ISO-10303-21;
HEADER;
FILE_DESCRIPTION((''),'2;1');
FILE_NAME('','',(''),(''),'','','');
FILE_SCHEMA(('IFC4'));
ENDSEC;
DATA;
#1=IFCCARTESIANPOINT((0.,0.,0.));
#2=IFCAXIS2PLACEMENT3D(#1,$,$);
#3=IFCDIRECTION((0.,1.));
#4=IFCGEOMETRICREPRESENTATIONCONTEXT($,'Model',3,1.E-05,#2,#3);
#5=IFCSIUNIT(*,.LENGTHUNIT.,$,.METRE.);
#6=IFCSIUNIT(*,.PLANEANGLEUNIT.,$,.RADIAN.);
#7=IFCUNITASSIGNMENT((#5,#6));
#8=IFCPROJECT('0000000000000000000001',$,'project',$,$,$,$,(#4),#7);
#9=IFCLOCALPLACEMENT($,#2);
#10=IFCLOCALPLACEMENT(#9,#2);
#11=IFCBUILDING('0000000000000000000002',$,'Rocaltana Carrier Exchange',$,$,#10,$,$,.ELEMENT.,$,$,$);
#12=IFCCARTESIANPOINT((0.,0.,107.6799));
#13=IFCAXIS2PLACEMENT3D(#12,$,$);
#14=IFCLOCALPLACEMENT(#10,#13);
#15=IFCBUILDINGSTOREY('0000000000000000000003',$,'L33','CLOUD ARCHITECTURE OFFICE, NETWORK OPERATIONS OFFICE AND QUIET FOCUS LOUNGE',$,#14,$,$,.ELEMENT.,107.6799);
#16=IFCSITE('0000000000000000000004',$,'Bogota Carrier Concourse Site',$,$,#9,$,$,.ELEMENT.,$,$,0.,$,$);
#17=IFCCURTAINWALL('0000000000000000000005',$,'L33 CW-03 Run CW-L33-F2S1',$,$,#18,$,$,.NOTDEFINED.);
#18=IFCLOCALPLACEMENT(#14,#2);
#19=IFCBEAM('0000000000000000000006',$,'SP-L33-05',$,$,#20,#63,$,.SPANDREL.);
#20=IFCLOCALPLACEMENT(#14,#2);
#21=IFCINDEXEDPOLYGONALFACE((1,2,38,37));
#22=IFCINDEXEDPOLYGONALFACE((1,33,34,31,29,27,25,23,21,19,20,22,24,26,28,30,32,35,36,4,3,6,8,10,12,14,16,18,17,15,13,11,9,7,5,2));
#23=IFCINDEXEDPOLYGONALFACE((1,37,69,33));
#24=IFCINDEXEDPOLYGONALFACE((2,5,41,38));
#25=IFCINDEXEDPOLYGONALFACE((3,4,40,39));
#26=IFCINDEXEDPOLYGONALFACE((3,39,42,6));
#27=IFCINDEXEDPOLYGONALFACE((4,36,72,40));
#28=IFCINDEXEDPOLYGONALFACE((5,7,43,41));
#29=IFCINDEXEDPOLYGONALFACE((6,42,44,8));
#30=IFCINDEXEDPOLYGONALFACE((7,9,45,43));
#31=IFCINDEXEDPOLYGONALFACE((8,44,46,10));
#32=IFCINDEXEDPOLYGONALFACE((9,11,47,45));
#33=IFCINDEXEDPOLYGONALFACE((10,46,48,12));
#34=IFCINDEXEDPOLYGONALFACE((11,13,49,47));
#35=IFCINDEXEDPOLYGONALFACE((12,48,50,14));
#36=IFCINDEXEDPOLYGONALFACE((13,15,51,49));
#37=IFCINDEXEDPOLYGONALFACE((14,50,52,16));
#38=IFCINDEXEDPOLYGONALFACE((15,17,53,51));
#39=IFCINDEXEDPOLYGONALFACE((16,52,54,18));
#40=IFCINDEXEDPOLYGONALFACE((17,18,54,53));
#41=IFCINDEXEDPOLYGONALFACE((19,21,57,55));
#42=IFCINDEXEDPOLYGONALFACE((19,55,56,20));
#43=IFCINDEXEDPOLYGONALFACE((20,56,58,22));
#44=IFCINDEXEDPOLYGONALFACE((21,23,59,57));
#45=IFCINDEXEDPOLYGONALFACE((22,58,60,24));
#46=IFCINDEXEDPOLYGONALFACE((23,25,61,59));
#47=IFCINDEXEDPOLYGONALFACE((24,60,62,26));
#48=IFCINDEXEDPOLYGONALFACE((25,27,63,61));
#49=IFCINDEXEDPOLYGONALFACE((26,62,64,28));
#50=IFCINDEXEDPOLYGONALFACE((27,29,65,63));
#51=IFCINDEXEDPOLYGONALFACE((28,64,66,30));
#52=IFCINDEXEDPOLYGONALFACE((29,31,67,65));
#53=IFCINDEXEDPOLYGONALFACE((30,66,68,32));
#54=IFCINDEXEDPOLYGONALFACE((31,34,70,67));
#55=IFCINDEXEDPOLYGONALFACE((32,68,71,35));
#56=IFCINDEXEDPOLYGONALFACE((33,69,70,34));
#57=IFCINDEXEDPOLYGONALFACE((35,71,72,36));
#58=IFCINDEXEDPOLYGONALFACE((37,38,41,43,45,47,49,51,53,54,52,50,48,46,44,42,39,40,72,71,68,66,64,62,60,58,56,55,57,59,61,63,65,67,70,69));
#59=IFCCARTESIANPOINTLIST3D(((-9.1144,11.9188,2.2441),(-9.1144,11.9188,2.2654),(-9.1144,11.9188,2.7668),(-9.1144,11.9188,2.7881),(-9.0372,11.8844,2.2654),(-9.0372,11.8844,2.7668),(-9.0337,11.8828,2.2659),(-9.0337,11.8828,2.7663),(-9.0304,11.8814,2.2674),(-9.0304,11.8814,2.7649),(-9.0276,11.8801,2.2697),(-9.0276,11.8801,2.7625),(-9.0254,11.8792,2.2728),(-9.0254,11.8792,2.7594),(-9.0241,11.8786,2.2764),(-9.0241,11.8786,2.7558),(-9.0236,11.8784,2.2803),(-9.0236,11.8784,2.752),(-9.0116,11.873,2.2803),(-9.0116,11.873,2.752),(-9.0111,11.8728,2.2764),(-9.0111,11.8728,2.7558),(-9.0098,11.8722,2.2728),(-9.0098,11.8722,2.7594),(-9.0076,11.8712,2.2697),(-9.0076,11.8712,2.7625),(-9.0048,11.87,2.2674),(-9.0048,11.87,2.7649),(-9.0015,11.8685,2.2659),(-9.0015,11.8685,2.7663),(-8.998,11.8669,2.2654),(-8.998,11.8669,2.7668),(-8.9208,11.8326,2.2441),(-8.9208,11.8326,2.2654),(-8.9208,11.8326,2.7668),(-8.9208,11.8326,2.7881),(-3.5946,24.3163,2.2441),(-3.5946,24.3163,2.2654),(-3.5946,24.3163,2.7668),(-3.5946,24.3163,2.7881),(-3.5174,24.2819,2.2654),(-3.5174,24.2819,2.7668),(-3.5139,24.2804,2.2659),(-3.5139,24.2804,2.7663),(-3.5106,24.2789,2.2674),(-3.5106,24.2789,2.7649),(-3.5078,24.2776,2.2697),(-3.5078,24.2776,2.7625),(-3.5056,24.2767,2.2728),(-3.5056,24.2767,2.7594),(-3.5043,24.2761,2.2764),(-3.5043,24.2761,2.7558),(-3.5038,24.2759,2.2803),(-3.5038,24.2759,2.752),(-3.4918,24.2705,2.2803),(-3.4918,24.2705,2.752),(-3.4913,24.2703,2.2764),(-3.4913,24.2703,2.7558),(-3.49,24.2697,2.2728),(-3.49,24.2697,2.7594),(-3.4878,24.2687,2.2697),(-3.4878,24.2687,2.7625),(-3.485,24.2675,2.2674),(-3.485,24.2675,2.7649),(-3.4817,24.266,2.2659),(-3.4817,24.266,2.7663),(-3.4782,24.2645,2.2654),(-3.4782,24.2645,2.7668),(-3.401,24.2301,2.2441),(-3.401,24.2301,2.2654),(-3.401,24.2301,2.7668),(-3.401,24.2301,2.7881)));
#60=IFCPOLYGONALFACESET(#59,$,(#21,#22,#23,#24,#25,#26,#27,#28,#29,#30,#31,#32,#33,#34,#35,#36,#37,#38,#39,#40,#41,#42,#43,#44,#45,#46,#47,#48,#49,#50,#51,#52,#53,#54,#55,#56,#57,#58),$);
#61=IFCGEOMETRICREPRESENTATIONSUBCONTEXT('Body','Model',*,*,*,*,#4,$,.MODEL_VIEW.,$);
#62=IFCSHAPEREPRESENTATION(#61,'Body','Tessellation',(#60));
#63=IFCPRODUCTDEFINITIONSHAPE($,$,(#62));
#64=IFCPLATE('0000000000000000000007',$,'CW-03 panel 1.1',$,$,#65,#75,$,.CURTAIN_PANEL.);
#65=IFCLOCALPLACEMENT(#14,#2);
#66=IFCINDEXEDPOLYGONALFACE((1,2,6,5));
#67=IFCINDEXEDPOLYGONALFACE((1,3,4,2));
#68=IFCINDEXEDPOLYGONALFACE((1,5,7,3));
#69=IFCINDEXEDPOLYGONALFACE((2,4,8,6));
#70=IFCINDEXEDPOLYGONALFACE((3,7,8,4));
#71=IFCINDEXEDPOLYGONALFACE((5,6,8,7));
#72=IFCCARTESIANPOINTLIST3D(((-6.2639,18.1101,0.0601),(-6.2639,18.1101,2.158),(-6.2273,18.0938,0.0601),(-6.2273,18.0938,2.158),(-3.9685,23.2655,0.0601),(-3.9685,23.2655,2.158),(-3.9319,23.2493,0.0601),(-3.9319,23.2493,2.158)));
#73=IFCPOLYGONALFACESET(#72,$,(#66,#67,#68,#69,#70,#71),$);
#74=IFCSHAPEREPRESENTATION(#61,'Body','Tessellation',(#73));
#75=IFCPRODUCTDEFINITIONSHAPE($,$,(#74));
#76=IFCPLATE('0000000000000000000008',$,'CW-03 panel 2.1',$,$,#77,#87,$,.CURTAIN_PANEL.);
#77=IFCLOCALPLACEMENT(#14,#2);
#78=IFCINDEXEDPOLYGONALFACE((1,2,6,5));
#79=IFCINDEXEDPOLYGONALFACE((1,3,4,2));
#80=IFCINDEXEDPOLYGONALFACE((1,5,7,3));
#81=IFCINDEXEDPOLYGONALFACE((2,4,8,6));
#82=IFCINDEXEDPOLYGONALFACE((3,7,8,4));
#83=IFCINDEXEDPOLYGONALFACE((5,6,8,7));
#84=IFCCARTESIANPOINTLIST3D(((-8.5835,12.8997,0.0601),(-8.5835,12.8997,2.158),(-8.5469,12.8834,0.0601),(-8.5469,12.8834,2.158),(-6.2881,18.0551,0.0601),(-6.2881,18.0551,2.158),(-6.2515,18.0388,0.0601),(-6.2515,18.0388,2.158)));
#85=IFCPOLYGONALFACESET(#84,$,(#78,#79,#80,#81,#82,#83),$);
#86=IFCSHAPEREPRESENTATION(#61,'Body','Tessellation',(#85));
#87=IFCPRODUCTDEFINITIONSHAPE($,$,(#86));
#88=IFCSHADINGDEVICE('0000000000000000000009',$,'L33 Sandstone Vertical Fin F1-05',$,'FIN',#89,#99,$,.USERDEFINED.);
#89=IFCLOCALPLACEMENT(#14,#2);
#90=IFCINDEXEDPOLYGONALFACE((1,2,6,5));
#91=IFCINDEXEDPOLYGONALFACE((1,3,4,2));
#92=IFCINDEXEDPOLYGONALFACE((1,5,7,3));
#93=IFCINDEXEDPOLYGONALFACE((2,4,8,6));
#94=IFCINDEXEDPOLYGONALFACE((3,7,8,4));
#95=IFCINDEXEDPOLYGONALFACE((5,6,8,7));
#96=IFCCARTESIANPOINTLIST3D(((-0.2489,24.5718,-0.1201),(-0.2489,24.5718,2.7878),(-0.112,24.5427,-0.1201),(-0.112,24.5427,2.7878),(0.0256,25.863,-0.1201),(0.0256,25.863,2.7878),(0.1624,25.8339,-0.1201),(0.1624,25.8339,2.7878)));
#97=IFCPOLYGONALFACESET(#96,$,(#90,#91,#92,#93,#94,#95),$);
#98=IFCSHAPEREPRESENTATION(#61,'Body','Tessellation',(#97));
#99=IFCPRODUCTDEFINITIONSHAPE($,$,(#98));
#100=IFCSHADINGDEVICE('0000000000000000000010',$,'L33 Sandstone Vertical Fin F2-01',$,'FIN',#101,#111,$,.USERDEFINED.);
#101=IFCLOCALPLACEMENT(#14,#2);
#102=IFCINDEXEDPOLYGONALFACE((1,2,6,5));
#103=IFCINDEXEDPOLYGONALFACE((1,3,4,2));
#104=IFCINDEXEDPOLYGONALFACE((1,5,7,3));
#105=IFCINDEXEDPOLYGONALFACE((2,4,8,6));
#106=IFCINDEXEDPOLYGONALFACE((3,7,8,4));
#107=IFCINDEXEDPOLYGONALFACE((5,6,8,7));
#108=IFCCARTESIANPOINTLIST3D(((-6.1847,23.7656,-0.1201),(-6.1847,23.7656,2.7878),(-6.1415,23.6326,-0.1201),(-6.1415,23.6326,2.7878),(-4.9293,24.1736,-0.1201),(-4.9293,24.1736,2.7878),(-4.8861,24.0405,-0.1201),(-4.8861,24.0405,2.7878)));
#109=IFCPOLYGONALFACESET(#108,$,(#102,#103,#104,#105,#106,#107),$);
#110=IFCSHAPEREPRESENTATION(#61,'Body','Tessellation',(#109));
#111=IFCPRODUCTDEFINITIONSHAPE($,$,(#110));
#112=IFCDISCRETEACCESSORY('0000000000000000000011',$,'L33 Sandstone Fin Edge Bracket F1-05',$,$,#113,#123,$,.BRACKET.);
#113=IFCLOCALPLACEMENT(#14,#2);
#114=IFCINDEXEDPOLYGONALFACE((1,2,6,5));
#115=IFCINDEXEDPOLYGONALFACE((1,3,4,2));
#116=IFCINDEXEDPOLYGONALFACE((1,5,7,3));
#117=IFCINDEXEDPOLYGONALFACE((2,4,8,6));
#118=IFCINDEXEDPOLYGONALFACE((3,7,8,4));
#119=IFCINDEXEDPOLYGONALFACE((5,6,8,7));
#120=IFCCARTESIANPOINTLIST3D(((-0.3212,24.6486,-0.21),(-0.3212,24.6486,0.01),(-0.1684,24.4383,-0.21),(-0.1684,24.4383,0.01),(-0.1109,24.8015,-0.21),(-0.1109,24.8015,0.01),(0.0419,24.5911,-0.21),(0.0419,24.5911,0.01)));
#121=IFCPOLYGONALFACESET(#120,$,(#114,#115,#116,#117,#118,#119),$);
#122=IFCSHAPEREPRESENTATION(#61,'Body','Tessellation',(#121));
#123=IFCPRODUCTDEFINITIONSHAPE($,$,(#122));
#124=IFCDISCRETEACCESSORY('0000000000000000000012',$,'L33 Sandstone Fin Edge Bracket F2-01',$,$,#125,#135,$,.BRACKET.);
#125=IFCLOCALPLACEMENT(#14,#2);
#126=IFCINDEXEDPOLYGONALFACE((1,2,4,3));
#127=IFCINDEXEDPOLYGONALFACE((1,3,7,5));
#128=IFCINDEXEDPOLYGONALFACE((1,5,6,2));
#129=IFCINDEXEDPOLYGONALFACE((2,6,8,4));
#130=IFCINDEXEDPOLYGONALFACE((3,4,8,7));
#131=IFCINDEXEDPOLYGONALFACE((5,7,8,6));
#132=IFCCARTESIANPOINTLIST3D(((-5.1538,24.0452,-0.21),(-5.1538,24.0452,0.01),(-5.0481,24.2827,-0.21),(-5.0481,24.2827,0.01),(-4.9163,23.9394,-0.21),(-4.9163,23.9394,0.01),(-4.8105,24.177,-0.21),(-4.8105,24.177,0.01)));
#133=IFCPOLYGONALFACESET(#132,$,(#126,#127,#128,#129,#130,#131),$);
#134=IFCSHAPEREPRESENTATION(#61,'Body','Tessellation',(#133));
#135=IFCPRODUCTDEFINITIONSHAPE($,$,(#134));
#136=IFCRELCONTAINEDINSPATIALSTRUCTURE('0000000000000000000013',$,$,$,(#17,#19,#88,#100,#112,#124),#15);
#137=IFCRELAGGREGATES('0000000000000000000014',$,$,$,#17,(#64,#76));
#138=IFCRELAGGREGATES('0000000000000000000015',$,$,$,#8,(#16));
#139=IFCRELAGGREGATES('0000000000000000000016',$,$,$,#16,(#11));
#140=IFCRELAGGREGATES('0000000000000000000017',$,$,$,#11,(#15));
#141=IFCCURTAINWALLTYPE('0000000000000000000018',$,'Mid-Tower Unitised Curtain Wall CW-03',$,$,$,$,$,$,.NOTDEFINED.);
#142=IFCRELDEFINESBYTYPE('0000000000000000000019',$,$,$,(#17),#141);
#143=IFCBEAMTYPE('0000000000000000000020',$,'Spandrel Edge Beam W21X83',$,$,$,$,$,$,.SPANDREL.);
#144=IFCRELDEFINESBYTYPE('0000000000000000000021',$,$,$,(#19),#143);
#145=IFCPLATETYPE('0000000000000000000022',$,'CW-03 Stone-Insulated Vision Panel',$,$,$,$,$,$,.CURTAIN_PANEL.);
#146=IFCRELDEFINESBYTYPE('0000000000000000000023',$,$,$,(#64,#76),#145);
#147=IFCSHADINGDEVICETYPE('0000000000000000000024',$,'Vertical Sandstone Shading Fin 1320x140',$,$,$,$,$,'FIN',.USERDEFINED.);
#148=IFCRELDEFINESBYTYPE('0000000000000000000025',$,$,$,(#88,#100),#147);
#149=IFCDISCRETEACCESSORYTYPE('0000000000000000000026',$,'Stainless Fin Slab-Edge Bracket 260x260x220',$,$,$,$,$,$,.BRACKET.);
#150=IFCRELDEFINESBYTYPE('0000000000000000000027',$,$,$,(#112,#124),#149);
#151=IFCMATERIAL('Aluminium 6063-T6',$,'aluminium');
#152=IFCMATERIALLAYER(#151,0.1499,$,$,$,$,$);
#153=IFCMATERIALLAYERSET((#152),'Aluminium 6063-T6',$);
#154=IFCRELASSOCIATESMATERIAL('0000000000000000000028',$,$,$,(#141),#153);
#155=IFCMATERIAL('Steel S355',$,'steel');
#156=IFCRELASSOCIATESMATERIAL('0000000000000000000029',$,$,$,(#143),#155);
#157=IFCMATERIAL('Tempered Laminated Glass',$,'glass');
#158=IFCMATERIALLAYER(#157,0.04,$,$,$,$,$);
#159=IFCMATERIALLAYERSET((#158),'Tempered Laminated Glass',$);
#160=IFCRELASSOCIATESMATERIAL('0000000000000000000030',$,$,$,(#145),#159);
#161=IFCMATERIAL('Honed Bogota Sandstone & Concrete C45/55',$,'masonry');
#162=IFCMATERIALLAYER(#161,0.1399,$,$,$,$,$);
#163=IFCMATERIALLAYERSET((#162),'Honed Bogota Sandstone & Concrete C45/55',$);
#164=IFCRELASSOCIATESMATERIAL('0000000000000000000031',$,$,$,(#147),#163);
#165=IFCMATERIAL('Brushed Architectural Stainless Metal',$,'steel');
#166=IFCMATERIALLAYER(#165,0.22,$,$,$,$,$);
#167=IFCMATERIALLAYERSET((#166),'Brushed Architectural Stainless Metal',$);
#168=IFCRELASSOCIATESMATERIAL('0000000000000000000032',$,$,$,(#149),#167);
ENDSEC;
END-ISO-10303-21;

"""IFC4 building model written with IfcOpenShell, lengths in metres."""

from ifc_helpers import new_model, si_unit, direction, frame, origin, origin_2d, place, context, subcontext, project, spatial, rectangle, i_section, extrude, material, layer, layer_set, material_profile, profile_set, type_object, element, aggregate, save


model = new_model("IFC4")

# Units and contexts
model_context = context("Model", 3, precision=1e-05, world=origin(), true_north=direction((0.0, 1.0)))
body_context = subcontext(model_context, "Body", "Model", "MODEL_VIEW")
ifc_project = project(units=[si_unit("LENGTHUNIT", "METRE"), si_unit("PLANEANGLEUNIT", "RADIAN")], contexts=[model_context])

# Site, building, storey
site_placement = place(None, origin())
site = spatial("IfcSite", under=ifc_project, at=site_placement, Name="Bogota Carrier Concourse Site", CompositionType="ELEMENT", RefElevation=0.0)
building_placement = place(site_placement, origin())
building = spatial("IfcBuilding", under=site, at=building_placement, Name="Rocaltana Carrier Exchange", CompositionType="ELEMENT")
storey_placement = place(building_placement, frame((0.0, 0.0, 107.6799)))
storey = spatial("IfcBuildingStorey", under=building, at=storey_placement, Name="L33", Description="CLOUD ARCHITECTURE OFFICE, NETWORK OPERATIONS OFFICE AND QUIET FOCUS LOUNGE", CompositionType="ELEMENT", Elevation=107.6799)

# Shared definitions
ifc_material_1 = material(Name="Aluminium 6063-T6", Category="aluminium")
ifc_layer_1 = layer(ifc_material_1, 0.1499)
ifc_layer_set_1 = layer_set([ifc_layer_1], Name="Aluminium 6063-T6")
curtain_wall_type = type_object("IfcCurtainWallType", Name="Mid-Tower Unitised Curtain Wall CW-03", PredefinedType="NOTDEFINED", material=ifc_layer_set_1)

# Curtain wall
curtain_wall_1_placement = place(storey_placement, origin())
curtain_wall_1 = element("IfcCurtainWall", 1, at=curtain_wall_1_placement, inside=storey, type_object=curtain_wall_type, Name="L33 CW-03 Run CW-L33-F2S1", PredefinedType="NOTDEFINED")

# Beam
ifc_material_2 = material(Name="Steel S355", Category="steel")
ifc_material_profile_1 = material_profile(ifc_material_2, i_section(OverallWidth=0.2119, OverallDepth=0.5439, WebThickness=0.0132, FlangeThickness=0.0212, FilletRadius=0.0149, at=origin_2d()), Name="W21X83")
ifc_profile_set_1 = profile_set([ifc_material_profile_1], Name="Steel S355")
beam_type_1 = type_object("IfcBeamType", Name="Spandrel Edge Beam W21X83", PredefinedType="SPANDREL", material=ifc_profile_set_1)
beam_1_placement = place(storey_placement, frame((-3.4978, 24.2732, 2.5161), z_axis=(-0.406741, -0.913544, 0.0), x_axis=(0.913544, -0.406741, 0.0)))
element("IfcBeam", 2, at=beam_1_placement, inside=storey, type_object=beam_type_1, Name="SP-L33-05", PredefinedType="SPANDREL", context=body_context, shape_type="SweptSolid", body=[
    extrude(i_section(OverallWidth=0.2119, OverallDepth=0.5439, WebThickness=0.0132, FlangeThickness=0.0212, FilletRadius=0.0149, at=origin_2d()), origin(), (0.0, 0.0, 1.0), 13.5708),
])

# Plates
ifc_material_3 = material(Name="Tempered Laminated Glass", Category="glass")
ifc_layer_2 = layer(ifc_material_3, 0.04)
ifc_layer_set_2 = layer_set([ifc_layer_2], Name="Tempered Laminated Glass")
plate_type = type_object("IfcPlateType", Name="CW-03 Stone-Insulated Vision Panel", PredefinedType="CURTAIN_PANEL", material=ifc_layer_set_2)
plate_1_placement = place(storey_placement, frame((-5.0979, 20.6797, 0.0601), z_axis=(0.0, 0.0, 1.0), x_axis=(-0.40674, -0.913544, 0.0)))
plate_1 = element("IfcPlate", 3, at=plate_1_placement, type_object=plate_type, Name="CW-03 panel 1.1", PredefinedType="CURTAIN_PANEL", context=body_context, shape_type="SweptSolid", body=[
    extrude(rectangle(XDim=5.6433, YDim=0.04, at=origin_2d()), origin(), (0.0, 0.0, 1.0), 2.0979),
])
plate_2_placement = place(storey_placement, frame((-7.4175, 15.4692, 0.0601), z_axis=(0.0, 0.0, 1.0), x_axis=(-0.40674, -0.913544, 0.0)))
plate_2 = element("IfcPlate", 4, at=plate_2_placement, type_object=plate_type, Name="CW-03 panel 2.1", PredefinedType="CURTAIN_PANEL", context=body_context, shape_type="SweptSolid", body=[
    extrude(rectangle(XDim=5.6433, YDim=0.04, at=origin_2d()), origin(), (0.0, 0.0, 1.0), 2.0979),
])
aggregate(curtain_wall_1, [plate_1, plate_2])

# Shading devices
ifc_material_4 = material(Name="Honed Bogota Sandstone & Concrete C45/55", Category="masonry")
ifc_layer_3 = layer(ifc_material_4, 0.1399)
ifc_layer_set_3 = layer_set([ifc_layer_3], Name="Honed Bogota Sandstone & Concrete C45/55")
shading_device_type = type_object("IfcShadingDeviceType", Name="Vertical Sandstone Shading Fin 1320x140", ElementType="FIN", PredefinedType="USERDEFINED", material=ifc_layer_set_3)
for number, where, z_axis, x_axis, name in (
    (5, (-0.0432, 25.2029, -0.1201), (0.0, 0.0, 1.0), (0.207912, 0.978148, 0.0), "L33 Sandstone Vertical Fin F1-05"),
    (6, (-5.5354, 23.9031, -0.1201), (0.0, 0.0, 1.0), (-0.951057, -0.309017, 0.0), "L33 Sandstone Vertical Fin F2-01"),
):
    element("IfcShadingDevice", number, at=place(storey_placement, frame(where, z_axis=z_axis, x_axis=x_axis)), inside=storey, type_object=shading_device_type, Name=name, ObjectType="FIN", PredefinedType="USERDEFINED", context=body_context, shape_type="SweptSolid", body=[
        extrude(rectangle(XDim=1.3201, YDim=0.1399, at=origin_2d()), origin(), (0.0, 0.0, 1.0), 2.908),
    ])

# Discrete accessories
ifc_material_5 = material(Name="Brushed Architectural Stainless Metal", Category="steel")
ifc_layer_4 = layer(ifc_material_5, 0.22)
ifc_layer_set_4 = layer_set([ifc_layer_4], Name="Brushed Architectural Stainless Metal")
discrete_accessory_type = type_object("IfcDiscreteAccessoryType", Name="Stainless Fin Slab-Edge Bracket 260x260x220", PredefinedType="BRACKET", material=ifc_layer_set_4)
for number, where, z_axis, x_axis, name in (
    (7, (-0.1396, 24.6199, -0.21), (0.0, 0.0, 1.0), (-0.587785, 0.809017, 0.0), "L33 Sandstone Fin Edge Bracket F1-05"),
    (8, (-4.9822, 24.1111, -0.21), (0.0, 0.0, 1.0), (-0.406737, -0.913545, 0.0), "L33 Sandstone Fin Edge Bracket F2-01"),
):
    element("IfcDiscreteAccessory", number, at=place(storey_placement, frame(where, z_axis=z_axis, x_axis=x_axis)), inside=storey, type_object=discrete_accessory_type, Name=name, PredefinedType="BRACKET", context=body_context, shape_type="SweptSolid", body=[
        extrude(rectangle(XDim=0.26, YDim=0.26, at=origin_2d()), origin(), (0.0, 0.0, 1.0), 0.22),
    ])

save(model, "model.ifc")
